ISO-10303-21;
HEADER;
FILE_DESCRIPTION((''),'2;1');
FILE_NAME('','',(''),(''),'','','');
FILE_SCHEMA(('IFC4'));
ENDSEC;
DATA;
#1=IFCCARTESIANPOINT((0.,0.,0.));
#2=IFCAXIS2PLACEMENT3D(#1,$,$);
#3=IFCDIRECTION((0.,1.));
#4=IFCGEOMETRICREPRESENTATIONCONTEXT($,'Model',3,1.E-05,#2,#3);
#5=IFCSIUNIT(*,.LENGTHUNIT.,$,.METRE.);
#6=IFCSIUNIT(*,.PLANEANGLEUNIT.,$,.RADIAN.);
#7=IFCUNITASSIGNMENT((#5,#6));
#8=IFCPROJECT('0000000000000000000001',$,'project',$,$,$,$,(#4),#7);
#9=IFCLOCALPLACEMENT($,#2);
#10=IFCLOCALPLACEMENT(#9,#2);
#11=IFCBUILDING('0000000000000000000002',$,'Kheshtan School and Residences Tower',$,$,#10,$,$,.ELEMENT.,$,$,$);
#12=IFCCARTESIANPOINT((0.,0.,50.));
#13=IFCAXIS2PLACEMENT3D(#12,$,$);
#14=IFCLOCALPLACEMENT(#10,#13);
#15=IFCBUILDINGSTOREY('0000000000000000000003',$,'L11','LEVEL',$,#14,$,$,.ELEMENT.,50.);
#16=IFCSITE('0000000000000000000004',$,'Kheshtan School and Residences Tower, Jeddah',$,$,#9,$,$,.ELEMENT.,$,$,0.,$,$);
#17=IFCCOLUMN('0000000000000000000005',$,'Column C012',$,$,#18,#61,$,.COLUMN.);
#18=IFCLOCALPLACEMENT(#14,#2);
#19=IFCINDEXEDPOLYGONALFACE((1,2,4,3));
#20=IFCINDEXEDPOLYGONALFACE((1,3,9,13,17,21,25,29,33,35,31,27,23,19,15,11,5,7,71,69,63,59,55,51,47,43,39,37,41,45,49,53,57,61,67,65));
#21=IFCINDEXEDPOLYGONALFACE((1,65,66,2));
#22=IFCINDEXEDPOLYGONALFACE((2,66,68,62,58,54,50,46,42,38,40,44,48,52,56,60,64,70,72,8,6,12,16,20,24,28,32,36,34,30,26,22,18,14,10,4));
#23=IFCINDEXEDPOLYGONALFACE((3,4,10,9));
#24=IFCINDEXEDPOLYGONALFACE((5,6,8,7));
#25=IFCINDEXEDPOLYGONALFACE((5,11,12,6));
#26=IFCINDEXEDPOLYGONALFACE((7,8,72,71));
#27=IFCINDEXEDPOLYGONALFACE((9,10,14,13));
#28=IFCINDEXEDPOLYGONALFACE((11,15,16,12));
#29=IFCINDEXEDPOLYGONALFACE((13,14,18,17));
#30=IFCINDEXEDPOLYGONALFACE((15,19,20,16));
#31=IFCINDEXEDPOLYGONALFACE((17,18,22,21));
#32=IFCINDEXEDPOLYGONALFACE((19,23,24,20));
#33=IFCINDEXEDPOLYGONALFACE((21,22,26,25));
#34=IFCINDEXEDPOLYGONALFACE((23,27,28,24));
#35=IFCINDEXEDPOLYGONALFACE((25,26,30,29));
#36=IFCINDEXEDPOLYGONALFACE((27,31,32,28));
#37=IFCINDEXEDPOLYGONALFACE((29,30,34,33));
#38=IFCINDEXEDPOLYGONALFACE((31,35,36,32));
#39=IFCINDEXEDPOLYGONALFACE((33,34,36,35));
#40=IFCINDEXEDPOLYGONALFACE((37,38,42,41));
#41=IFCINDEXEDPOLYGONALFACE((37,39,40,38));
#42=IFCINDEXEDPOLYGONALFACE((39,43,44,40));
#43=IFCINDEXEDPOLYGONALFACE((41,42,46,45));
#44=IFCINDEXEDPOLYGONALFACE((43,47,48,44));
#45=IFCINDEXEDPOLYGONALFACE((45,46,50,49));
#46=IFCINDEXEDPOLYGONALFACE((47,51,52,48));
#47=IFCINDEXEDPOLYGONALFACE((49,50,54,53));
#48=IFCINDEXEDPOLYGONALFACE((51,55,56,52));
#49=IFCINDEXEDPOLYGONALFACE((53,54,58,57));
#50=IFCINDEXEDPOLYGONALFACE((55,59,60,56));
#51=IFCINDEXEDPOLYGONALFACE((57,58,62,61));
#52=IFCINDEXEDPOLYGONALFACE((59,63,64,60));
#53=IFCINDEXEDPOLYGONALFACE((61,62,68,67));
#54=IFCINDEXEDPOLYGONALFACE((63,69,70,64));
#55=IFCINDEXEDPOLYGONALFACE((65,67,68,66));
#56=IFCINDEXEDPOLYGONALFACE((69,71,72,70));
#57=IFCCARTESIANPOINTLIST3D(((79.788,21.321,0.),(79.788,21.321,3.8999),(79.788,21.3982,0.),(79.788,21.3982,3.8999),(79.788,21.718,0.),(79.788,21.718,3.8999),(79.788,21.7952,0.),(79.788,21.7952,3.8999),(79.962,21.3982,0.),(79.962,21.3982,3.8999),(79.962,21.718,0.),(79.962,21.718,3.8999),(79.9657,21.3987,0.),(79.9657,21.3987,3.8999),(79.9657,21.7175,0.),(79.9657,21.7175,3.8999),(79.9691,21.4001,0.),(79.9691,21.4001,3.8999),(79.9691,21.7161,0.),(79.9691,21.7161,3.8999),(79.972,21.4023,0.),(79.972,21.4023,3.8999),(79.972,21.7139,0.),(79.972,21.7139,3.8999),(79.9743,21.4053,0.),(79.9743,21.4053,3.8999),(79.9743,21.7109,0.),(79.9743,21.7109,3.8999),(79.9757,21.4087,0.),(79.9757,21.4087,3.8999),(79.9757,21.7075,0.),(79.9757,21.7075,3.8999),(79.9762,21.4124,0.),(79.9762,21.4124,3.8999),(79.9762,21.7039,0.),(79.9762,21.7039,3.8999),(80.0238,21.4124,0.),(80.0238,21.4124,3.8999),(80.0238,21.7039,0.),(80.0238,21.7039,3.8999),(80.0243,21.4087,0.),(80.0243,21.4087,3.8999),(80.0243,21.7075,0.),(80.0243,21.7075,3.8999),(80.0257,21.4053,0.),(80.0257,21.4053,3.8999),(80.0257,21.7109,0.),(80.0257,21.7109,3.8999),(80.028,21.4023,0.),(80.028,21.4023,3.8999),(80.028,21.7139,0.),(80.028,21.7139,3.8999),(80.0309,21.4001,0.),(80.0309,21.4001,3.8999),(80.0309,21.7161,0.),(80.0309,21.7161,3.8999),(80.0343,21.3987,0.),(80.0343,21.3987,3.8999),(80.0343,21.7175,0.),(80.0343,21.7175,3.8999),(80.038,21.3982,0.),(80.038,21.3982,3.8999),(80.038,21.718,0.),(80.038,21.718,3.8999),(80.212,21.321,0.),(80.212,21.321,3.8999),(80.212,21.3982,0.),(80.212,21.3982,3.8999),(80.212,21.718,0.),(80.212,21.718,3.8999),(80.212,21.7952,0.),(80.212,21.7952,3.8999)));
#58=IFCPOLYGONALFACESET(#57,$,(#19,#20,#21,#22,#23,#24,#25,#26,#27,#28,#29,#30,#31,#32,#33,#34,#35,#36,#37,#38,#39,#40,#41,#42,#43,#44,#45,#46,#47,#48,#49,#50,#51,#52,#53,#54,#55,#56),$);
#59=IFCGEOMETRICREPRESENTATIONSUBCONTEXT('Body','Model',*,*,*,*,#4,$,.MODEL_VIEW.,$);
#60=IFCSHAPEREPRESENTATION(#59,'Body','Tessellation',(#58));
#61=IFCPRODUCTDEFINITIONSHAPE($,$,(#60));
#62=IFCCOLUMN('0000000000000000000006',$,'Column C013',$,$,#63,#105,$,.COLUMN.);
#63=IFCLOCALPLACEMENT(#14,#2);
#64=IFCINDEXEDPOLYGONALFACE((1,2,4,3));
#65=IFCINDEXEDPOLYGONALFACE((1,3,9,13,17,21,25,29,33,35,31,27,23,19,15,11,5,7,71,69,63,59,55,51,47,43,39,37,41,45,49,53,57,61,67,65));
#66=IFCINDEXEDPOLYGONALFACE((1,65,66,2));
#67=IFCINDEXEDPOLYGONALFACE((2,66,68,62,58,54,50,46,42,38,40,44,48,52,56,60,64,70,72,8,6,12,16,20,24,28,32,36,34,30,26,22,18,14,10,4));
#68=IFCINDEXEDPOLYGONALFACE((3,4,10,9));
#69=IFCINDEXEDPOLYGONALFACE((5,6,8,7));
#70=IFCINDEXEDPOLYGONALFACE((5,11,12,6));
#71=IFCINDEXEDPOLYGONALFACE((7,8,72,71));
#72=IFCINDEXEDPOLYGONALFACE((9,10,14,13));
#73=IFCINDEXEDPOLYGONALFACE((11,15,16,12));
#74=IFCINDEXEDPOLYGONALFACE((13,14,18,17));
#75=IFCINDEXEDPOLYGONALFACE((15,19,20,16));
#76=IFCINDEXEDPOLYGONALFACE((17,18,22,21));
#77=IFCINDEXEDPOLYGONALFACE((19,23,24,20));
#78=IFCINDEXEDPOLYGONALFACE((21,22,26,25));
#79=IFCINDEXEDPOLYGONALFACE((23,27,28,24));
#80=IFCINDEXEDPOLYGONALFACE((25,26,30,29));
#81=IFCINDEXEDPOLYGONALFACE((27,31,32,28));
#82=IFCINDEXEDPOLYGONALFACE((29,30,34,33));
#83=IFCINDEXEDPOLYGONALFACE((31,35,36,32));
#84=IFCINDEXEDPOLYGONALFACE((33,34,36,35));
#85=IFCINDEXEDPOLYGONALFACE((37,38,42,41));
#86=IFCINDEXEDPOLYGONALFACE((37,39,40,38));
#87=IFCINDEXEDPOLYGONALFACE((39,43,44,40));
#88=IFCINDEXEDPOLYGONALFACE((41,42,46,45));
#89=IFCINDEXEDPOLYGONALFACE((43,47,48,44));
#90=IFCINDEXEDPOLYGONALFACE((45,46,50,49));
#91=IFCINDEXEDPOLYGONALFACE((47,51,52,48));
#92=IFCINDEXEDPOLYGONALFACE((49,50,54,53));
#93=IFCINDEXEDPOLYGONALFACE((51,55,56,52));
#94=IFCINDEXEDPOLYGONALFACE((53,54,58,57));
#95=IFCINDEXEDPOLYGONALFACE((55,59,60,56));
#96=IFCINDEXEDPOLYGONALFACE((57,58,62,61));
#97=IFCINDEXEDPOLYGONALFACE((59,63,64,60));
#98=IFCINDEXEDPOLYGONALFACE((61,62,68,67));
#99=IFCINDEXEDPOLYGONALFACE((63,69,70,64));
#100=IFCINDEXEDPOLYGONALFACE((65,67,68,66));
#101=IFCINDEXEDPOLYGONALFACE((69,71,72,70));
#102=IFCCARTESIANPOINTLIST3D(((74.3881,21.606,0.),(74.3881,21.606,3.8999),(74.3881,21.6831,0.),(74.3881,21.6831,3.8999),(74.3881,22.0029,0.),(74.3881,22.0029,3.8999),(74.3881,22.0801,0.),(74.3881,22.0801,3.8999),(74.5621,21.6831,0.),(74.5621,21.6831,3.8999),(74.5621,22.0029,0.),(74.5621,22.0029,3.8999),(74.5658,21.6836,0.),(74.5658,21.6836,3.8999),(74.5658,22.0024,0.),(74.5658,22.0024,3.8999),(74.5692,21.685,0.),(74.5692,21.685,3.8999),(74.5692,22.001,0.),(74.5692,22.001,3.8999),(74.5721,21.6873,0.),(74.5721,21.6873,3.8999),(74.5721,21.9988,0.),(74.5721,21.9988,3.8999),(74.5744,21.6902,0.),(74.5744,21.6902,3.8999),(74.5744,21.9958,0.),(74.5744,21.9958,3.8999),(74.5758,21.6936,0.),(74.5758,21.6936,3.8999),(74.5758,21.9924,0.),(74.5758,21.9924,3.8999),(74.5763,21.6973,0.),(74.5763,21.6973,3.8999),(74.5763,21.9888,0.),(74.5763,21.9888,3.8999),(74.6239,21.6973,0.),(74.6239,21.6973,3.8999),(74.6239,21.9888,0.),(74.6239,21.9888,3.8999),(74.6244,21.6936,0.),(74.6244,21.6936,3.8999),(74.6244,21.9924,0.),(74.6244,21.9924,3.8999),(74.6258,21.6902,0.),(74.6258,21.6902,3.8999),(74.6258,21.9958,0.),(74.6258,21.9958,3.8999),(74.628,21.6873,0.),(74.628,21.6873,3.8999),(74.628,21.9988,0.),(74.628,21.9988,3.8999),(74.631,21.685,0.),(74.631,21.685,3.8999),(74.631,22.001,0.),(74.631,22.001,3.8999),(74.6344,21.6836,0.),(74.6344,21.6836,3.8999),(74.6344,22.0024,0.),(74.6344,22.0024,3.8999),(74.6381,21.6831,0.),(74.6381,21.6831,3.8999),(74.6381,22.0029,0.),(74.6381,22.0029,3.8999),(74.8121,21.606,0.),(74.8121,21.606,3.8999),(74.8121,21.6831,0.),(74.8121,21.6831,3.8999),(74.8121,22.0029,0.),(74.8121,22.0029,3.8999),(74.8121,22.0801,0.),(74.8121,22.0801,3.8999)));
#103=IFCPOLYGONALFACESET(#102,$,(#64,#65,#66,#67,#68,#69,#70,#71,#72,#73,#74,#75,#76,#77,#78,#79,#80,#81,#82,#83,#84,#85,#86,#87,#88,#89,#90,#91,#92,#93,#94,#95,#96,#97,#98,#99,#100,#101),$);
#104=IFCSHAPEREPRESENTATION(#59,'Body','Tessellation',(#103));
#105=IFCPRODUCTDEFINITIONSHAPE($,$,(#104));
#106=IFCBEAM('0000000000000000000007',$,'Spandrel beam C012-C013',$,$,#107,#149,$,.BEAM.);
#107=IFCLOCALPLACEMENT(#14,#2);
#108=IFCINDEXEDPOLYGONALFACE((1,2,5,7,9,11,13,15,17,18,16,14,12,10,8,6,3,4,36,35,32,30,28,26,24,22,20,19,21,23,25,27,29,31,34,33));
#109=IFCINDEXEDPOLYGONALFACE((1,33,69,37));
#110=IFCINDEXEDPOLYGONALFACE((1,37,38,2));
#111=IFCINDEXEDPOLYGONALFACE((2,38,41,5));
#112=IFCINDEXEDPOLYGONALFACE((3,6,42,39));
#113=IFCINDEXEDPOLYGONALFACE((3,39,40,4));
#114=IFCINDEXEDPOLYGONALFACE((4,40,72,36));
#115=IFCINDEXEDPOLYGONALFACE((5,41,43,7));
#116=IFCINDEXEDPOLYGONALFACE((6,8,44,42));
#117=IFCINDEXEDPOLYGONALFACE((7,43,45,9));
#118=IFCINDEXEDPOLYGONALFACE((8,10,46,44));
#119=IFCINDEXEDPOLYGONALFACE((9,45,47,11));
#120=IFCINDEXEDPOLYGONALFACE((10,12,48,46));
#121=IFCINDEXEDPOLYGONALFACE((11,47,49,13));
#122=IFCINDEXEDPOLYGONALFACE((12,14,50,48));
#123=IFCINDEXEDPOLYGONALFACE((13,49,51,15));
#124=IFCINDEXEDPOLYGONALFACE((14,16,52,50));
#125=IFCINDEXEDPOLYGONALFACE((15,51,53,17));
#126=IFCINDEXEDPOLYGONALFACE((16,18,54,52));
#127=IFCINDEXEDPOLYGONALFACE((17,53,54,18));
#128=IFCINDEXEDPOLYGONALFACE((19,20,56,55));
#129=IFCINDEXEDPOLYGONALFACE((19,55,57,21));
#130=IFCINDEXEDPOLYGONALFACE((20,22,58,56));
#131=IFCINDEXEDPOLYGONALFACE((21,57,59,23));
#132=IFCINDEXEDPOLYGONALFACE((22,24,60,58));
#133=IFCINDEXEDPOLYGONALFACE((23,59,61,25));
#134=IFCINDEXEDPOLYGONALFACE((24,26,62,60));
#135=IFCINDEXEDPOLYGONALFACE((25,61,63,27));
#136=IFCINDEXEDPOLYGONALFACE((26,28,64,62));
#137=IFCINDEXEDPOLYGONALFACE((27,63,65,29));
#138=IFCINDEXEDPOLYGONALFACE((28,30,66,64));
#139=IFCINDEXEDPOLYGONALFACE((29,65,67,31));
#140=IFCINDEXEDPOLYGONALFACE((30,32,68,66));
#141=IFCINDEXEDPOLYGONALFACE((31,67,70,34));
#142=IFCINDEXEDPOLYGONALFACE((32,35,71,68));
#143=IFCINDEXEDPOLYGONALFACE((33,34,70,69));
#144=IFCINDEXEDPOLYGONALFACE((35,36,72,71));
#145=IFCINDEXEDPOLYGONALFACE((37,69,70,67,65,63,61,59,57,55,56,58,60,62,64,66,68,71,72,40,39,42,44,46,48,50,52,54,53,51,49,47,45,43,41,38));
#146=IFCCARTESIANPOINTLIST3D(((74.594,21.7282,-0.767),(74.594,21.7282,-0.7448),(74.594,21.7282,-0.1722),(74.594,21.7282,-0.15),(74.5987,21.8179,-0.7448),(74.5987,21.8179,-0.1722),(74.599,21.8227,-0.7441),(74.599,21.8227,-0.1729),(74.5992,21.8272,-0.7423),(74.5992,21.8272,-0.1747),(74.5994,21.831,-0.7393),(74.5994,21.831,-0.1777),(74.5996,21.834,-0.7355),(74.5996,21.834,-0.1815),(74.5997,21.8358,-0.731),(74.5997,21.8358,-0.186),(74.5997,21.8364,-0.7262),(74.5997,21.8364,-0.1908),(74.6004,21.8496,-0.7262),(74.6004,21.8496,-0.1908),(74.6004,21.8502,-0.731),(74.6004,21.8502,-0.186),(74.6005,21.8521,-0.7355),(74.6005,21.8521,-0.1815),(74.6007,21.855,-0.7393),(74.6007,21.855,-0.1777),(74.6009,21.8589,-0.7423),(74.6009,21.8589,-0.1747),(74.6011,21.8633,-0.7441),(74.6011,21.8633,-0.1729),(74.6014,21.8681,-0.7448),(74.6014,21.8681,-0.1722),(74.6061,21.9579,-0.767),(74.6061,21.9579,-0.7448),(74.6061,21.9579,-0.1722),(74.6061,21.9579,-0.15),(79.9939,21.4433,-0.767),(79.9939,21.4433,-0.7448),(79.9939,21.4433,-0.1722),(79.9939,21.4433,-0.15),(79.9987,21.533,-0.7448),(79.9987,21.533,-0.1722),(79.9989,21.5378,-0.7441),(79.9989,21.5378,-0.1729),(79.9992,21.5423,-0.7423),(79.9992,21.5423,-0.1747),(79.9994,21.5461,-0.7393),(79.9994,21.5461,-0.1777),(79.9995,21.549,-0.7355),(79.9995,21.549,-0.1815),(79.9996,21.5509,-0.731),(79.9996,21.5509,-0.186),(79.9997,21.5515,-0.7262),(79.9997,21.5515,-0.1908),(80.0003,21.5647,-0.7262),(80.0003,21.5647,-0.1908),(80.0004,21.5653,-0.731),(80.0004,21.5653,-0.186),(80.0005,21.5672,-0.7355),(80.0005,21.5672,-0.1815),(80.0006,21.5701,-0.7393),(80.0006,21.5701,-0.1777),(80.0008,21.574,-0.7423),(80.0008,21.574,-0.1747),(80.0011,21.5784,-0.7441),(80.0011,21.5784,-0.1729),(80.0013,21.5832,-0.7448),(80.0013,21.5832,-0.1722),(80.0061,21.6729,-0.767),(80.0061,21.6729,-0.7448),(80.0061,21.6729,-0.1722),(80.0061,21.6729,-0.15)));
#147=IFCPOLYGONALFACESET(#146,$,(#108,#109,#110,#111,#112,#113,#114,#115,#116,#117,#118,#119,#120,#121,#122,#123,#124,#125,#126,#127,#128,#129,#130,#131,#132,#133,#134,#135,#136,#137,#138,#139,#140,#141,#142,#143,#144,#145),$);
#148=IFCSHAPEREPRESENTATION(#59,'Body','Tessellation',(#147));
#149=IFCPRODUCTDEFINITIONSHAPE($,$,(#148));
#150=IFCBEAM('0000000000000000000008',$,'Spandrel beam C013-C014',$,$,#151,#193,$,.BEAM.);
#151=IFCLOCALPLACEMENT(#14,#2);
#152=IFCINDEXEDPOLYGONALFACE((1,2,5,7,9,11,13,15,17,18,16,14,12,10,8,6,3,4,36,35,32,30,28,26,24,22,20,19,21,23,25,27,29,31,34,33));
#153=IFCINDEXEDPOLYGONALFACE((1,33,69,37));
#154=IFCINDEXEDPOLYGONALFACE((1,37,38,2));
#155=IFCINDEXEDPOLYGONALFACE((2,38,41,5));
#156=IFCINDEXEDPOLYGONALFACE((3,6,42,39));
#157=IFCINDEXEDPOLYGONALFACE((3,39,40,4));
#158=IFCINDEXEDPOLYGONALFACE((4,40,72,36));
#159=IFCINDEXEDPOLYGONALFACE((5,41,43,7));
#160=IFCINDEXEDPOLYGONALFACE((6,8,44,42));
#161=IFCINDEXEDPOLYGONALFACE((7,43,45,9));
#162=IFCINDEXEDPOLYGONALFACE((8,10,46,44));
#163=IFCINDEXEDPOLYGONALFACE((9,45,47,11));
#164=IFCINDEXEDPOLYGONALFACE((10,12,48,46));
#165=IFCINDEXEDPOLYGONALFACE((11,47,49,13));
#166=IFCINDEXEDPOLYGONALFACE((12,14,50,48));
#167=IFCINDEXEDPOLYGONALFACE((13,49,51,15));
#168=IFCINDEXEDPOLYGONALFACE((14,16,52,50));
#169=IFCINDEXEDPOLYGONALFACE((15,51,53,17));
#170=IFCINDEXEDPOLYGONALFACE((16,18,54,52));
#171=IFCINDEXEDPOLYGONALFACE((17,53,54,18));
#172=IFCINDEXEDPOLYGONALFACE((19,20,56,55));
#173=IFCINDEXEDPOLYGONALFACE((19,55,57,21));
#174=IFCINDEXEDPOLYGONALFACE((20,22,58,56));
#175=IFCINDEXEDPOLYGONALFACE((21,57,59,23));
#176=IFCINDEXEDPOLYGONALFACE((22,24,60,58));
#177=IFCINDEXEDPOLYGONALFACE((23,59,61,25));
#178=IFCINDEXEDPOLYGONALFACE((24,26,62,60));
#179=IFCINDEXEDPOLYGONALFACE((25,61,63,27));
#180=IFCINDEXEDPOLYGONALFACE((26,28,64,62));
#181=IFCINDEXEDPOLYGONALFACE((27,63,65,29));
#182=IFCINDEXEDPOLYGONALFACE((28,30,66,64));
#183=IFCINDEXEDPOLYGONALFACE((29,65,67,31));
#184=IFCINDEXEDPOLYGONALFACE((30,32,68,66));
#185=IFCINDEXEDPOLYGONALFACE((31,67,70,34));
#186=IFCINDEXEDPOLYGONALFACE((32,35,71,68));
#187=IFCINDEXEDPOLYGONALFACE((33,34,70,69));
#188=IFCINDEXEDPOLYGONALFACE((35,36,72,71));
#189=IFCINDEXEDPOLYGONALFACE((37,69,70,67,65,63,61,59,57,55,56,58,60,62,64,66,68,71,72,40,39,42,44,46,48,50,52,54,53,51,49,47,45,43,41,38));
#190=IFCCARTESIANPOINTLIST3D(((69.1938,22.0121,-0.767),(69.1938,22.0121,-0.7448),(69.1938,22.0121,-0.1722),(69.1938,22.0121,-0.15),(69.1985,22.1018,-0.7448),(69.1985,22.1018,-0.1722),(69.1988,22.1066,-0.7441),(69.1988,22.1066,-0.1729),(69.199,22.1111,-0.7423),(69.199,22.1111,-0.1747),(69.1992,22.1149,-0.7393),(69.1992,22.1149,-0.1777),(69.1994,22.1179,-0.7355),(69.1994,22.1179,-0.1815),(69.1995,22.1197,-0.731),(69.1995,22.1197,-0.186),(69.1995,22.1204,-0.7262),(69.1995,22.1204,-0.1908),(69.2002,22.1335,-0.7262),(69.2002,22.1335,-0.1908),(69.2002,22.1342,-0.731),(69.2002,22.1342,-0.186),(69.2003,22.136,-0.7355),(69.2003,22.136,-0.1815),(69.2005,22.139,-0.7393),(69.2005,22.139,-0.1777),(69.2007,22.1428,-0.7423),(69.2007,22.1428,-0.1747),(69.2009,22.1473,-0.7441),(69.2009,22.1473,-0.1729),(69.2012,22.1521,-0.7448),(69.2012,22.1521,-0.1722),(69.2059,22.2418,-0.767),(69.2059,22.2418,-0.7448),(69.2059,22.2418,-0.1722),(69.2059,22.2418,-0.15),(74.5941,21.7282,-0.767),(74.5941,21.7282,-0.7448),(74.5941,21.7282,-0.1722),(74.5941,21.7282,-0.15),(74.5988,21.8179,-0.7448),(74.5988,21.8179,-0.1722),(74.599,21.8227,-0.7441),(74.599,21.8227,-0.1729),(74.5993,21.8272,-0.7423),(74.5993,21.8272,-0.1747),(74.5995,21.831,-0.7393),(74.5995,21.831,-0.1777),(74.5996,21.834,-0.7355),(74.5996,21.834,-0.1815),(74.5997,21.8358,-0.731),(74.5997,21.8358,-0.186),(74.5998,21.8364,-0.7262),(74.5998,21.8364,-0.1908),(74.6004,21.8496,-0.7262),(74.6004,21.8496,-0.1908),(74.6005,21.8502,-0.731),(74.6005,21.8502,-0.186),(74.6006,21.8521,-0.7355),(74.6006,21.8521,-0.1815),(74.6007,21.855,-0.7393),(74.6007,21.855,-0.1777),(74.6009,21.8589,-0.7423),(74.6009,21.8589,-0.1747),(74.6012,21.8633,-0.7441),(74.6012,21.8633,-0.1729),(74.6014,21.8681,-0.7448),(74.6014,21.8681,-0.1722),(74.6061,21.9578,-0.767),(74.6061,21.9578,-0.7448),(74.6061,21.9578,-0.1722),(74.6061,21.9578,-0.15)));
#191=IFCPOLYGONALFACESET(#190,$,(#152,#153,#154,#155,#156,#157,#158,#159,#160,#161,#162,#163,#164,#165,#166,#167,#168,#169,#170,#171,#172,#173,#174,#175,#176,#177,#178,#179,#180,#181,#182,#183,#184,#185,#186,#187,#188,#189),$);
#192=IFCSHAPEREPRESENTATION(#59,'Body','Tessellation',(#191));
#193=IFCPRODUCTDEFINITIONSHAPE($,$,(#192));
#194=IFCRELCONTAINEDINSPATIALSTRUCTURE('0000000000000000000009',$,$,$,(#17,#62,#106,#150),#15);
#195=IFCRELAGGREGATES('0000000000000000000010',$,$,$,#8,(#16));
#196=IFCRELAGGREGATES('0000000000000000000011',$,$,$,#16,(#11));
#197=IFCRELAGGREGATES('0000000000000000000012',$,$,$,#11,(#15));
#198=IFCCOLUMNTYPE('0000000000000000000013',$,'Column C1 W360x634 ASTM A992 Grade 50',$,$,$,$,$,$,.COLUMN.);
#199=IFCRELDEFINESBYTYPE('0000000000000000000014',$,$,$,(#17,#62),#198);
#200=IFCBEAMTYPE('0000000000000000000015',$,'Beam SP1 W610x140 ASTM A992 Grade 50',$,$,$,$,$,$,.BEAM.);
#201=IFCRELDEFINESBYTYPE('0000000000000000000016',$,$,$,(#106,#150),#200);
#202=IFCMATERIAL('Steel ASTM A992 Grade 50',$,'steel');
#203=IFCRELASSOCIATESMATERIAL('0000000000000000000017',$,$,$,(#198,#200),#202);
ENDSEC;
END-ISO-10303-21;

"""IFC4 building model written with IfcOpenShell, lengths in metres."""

from ifc_helpers import new_model, si_unit, direction, frame, origin, origin_2d, place, context, subcontext, project, spatial, i_section, extrude, material, material_profile, profile_set, type_object, element, save


model = new_model("IFC4")

# Units and contexts
model_context = context("Model", 3, precision=1e-05, world=origin(), true_north=direction((0.0, 1.0)))
body_context = subcontext(model_context, "Body", "Model", "MODEL_VIEW")
ifc_project = project(units=[si_unit("LENGTHUNIT", "METRE"), si_unit("PLANEANGLEUNIT", "RADIAN")], contexts=[model_context])

# Site, building, storey
site_placement = place(None, origin())
site = spatial("IfcSite", under=ifc_project, at=site_placement, Name="Kheshtan School and Residences Tower, Jeddah", CompositionType="ELEMENT", RefElevation=0.0)
building_placement = place(site_placement, origin())
building = spatial("IfcBuilding", under=site, at=building_placement, Name="Kheshtan School and Residences Tower", CompositionType="ELEMENT")
storey_placement = place(building_placement, frame((0.0, 0.0, 50.0)))
storey = spatial("IfcBuildingStorey", under=building, at=storey_placement, Name="L11", Description="LEVEL", CompositionType="ELEMENT", Elevation=50.0)

# Columns
ifc_material_1 = material(Name="Steel ASTM A992 Grade 50", Category="steel")
ifc_material_profile_1 = material_profile(ifc_material_1, i_section(OverallWidth=0.4241, OverallDepth=0.4741, WebThickness=0.0476, FlangeThickness=0.0771, FilletRadius=0.0142, at=origin_2d()), Name="W360x634")
ifc_profile_set_1 = profile_set([ifc_material_profile_1], Name="Steel ASTM A992 Grade 50")
column_type = type_object("IfcColumnType", Name="Column C1 W360x634 ASTM A992 Grade 50", PredefinedType="COLUMN", material=ifc_profile_set_1)
for number, where, z_axis, x_axis, name in (
    (1, (80.0, 21.5581, 0.0), (0.0, 0.0, 1.0), (1.0, 0.0, 0.0), "Column C012"),
    (2, (74.6001, 21.843, 0.0), (0.0, 0.0, 1.0), (1.0, 0.0, 0.0), "Column C013"),
):
    element("IfcColumn", number, at=place(storey_placement, frame(where, z_axis=z_axis, x_axis=x_axis)), inside=storey, type_object=column_type, Name=name, PredefinedType="COLUMN", context=body_context, shape_type="SweptSolid", body=[
        extrude(i_section(OverallWidth=0.4241, OverallDepth=0.4741, WebThickness=0.0476, FlangeThickness=0.0771, FilletRadius=0.0142, at=origin_2d()), origin(), (0.0, 0.0, 1.0), 3.8999),
    ])

# Beams
ifc_material_profile_2 = material_profile(ifc_material_1, i_section(OverallWidth=0.23, OverallDepth=0.6169, WebThickness=0.0132, FlangeThickness=0.0222, FilletRadius=0.0186, at=origin_2d()), Name="W610x140")
ifc_profile_set_2 = profile_set([ifc_material_profile_2], Name="Steel ASTM A992 Grade 50")
beam_type = type_object("IfcBeamType", Name="Beam SP1 W610x140 ASTM A992 Grade 50", PredefinedType="BEAM", material=ifc_profile_set_2)
beam_1_placement = place(storey_placement, frame((80.0, 21.5581, -0.4585), z_axis=(-0.998611, 0.052689, 0.0), x_axis=(-0.052689, -0.998611, 0.0)))
element("IfcBeam", 3, at=beam_1_placement, inside=storey, type_object=beam_type, Name="Spandrel beam C012-C013", PredefinedType="BEAM", context=body_context, shape_type="SweptSolid", body=[
    extrude(i_section(OverallWidth=0.23, OverallDepth=0.6169, WebThickness=0.0132, FlangeThickness=0.0222, FilletRadius=0.0186, at=origin_2d()), origin(), (0.0, 0.0, 1.0), 5.4075),
])
beam_2_placement = place(storey_placement, frame((74.6001, 21.843, -0.4585), z_axis=(-0.998621, 0.052507, 0.0), x_axis=(-0.052507, -0.998621, 0.0)))
element("IfcBeam", 4, at=beam_2_placement, inside=storey, type_object=beam_type, Name="Spandrel beam C013-C014", PredefinedType="BEAM", context=body_context, shape_type="SweptSolid", body=[
    extrude(i_section(OverallWidth=0.23, OverallDepth=0.6169, WebThickness=0.0132, FlangeThickness=0.0222, FilletRadius=0.0186, at=origin_2d()), origin(), (0.0, 0.0, 1.0), 5.4077),
])

save(model, "model.ifc")
